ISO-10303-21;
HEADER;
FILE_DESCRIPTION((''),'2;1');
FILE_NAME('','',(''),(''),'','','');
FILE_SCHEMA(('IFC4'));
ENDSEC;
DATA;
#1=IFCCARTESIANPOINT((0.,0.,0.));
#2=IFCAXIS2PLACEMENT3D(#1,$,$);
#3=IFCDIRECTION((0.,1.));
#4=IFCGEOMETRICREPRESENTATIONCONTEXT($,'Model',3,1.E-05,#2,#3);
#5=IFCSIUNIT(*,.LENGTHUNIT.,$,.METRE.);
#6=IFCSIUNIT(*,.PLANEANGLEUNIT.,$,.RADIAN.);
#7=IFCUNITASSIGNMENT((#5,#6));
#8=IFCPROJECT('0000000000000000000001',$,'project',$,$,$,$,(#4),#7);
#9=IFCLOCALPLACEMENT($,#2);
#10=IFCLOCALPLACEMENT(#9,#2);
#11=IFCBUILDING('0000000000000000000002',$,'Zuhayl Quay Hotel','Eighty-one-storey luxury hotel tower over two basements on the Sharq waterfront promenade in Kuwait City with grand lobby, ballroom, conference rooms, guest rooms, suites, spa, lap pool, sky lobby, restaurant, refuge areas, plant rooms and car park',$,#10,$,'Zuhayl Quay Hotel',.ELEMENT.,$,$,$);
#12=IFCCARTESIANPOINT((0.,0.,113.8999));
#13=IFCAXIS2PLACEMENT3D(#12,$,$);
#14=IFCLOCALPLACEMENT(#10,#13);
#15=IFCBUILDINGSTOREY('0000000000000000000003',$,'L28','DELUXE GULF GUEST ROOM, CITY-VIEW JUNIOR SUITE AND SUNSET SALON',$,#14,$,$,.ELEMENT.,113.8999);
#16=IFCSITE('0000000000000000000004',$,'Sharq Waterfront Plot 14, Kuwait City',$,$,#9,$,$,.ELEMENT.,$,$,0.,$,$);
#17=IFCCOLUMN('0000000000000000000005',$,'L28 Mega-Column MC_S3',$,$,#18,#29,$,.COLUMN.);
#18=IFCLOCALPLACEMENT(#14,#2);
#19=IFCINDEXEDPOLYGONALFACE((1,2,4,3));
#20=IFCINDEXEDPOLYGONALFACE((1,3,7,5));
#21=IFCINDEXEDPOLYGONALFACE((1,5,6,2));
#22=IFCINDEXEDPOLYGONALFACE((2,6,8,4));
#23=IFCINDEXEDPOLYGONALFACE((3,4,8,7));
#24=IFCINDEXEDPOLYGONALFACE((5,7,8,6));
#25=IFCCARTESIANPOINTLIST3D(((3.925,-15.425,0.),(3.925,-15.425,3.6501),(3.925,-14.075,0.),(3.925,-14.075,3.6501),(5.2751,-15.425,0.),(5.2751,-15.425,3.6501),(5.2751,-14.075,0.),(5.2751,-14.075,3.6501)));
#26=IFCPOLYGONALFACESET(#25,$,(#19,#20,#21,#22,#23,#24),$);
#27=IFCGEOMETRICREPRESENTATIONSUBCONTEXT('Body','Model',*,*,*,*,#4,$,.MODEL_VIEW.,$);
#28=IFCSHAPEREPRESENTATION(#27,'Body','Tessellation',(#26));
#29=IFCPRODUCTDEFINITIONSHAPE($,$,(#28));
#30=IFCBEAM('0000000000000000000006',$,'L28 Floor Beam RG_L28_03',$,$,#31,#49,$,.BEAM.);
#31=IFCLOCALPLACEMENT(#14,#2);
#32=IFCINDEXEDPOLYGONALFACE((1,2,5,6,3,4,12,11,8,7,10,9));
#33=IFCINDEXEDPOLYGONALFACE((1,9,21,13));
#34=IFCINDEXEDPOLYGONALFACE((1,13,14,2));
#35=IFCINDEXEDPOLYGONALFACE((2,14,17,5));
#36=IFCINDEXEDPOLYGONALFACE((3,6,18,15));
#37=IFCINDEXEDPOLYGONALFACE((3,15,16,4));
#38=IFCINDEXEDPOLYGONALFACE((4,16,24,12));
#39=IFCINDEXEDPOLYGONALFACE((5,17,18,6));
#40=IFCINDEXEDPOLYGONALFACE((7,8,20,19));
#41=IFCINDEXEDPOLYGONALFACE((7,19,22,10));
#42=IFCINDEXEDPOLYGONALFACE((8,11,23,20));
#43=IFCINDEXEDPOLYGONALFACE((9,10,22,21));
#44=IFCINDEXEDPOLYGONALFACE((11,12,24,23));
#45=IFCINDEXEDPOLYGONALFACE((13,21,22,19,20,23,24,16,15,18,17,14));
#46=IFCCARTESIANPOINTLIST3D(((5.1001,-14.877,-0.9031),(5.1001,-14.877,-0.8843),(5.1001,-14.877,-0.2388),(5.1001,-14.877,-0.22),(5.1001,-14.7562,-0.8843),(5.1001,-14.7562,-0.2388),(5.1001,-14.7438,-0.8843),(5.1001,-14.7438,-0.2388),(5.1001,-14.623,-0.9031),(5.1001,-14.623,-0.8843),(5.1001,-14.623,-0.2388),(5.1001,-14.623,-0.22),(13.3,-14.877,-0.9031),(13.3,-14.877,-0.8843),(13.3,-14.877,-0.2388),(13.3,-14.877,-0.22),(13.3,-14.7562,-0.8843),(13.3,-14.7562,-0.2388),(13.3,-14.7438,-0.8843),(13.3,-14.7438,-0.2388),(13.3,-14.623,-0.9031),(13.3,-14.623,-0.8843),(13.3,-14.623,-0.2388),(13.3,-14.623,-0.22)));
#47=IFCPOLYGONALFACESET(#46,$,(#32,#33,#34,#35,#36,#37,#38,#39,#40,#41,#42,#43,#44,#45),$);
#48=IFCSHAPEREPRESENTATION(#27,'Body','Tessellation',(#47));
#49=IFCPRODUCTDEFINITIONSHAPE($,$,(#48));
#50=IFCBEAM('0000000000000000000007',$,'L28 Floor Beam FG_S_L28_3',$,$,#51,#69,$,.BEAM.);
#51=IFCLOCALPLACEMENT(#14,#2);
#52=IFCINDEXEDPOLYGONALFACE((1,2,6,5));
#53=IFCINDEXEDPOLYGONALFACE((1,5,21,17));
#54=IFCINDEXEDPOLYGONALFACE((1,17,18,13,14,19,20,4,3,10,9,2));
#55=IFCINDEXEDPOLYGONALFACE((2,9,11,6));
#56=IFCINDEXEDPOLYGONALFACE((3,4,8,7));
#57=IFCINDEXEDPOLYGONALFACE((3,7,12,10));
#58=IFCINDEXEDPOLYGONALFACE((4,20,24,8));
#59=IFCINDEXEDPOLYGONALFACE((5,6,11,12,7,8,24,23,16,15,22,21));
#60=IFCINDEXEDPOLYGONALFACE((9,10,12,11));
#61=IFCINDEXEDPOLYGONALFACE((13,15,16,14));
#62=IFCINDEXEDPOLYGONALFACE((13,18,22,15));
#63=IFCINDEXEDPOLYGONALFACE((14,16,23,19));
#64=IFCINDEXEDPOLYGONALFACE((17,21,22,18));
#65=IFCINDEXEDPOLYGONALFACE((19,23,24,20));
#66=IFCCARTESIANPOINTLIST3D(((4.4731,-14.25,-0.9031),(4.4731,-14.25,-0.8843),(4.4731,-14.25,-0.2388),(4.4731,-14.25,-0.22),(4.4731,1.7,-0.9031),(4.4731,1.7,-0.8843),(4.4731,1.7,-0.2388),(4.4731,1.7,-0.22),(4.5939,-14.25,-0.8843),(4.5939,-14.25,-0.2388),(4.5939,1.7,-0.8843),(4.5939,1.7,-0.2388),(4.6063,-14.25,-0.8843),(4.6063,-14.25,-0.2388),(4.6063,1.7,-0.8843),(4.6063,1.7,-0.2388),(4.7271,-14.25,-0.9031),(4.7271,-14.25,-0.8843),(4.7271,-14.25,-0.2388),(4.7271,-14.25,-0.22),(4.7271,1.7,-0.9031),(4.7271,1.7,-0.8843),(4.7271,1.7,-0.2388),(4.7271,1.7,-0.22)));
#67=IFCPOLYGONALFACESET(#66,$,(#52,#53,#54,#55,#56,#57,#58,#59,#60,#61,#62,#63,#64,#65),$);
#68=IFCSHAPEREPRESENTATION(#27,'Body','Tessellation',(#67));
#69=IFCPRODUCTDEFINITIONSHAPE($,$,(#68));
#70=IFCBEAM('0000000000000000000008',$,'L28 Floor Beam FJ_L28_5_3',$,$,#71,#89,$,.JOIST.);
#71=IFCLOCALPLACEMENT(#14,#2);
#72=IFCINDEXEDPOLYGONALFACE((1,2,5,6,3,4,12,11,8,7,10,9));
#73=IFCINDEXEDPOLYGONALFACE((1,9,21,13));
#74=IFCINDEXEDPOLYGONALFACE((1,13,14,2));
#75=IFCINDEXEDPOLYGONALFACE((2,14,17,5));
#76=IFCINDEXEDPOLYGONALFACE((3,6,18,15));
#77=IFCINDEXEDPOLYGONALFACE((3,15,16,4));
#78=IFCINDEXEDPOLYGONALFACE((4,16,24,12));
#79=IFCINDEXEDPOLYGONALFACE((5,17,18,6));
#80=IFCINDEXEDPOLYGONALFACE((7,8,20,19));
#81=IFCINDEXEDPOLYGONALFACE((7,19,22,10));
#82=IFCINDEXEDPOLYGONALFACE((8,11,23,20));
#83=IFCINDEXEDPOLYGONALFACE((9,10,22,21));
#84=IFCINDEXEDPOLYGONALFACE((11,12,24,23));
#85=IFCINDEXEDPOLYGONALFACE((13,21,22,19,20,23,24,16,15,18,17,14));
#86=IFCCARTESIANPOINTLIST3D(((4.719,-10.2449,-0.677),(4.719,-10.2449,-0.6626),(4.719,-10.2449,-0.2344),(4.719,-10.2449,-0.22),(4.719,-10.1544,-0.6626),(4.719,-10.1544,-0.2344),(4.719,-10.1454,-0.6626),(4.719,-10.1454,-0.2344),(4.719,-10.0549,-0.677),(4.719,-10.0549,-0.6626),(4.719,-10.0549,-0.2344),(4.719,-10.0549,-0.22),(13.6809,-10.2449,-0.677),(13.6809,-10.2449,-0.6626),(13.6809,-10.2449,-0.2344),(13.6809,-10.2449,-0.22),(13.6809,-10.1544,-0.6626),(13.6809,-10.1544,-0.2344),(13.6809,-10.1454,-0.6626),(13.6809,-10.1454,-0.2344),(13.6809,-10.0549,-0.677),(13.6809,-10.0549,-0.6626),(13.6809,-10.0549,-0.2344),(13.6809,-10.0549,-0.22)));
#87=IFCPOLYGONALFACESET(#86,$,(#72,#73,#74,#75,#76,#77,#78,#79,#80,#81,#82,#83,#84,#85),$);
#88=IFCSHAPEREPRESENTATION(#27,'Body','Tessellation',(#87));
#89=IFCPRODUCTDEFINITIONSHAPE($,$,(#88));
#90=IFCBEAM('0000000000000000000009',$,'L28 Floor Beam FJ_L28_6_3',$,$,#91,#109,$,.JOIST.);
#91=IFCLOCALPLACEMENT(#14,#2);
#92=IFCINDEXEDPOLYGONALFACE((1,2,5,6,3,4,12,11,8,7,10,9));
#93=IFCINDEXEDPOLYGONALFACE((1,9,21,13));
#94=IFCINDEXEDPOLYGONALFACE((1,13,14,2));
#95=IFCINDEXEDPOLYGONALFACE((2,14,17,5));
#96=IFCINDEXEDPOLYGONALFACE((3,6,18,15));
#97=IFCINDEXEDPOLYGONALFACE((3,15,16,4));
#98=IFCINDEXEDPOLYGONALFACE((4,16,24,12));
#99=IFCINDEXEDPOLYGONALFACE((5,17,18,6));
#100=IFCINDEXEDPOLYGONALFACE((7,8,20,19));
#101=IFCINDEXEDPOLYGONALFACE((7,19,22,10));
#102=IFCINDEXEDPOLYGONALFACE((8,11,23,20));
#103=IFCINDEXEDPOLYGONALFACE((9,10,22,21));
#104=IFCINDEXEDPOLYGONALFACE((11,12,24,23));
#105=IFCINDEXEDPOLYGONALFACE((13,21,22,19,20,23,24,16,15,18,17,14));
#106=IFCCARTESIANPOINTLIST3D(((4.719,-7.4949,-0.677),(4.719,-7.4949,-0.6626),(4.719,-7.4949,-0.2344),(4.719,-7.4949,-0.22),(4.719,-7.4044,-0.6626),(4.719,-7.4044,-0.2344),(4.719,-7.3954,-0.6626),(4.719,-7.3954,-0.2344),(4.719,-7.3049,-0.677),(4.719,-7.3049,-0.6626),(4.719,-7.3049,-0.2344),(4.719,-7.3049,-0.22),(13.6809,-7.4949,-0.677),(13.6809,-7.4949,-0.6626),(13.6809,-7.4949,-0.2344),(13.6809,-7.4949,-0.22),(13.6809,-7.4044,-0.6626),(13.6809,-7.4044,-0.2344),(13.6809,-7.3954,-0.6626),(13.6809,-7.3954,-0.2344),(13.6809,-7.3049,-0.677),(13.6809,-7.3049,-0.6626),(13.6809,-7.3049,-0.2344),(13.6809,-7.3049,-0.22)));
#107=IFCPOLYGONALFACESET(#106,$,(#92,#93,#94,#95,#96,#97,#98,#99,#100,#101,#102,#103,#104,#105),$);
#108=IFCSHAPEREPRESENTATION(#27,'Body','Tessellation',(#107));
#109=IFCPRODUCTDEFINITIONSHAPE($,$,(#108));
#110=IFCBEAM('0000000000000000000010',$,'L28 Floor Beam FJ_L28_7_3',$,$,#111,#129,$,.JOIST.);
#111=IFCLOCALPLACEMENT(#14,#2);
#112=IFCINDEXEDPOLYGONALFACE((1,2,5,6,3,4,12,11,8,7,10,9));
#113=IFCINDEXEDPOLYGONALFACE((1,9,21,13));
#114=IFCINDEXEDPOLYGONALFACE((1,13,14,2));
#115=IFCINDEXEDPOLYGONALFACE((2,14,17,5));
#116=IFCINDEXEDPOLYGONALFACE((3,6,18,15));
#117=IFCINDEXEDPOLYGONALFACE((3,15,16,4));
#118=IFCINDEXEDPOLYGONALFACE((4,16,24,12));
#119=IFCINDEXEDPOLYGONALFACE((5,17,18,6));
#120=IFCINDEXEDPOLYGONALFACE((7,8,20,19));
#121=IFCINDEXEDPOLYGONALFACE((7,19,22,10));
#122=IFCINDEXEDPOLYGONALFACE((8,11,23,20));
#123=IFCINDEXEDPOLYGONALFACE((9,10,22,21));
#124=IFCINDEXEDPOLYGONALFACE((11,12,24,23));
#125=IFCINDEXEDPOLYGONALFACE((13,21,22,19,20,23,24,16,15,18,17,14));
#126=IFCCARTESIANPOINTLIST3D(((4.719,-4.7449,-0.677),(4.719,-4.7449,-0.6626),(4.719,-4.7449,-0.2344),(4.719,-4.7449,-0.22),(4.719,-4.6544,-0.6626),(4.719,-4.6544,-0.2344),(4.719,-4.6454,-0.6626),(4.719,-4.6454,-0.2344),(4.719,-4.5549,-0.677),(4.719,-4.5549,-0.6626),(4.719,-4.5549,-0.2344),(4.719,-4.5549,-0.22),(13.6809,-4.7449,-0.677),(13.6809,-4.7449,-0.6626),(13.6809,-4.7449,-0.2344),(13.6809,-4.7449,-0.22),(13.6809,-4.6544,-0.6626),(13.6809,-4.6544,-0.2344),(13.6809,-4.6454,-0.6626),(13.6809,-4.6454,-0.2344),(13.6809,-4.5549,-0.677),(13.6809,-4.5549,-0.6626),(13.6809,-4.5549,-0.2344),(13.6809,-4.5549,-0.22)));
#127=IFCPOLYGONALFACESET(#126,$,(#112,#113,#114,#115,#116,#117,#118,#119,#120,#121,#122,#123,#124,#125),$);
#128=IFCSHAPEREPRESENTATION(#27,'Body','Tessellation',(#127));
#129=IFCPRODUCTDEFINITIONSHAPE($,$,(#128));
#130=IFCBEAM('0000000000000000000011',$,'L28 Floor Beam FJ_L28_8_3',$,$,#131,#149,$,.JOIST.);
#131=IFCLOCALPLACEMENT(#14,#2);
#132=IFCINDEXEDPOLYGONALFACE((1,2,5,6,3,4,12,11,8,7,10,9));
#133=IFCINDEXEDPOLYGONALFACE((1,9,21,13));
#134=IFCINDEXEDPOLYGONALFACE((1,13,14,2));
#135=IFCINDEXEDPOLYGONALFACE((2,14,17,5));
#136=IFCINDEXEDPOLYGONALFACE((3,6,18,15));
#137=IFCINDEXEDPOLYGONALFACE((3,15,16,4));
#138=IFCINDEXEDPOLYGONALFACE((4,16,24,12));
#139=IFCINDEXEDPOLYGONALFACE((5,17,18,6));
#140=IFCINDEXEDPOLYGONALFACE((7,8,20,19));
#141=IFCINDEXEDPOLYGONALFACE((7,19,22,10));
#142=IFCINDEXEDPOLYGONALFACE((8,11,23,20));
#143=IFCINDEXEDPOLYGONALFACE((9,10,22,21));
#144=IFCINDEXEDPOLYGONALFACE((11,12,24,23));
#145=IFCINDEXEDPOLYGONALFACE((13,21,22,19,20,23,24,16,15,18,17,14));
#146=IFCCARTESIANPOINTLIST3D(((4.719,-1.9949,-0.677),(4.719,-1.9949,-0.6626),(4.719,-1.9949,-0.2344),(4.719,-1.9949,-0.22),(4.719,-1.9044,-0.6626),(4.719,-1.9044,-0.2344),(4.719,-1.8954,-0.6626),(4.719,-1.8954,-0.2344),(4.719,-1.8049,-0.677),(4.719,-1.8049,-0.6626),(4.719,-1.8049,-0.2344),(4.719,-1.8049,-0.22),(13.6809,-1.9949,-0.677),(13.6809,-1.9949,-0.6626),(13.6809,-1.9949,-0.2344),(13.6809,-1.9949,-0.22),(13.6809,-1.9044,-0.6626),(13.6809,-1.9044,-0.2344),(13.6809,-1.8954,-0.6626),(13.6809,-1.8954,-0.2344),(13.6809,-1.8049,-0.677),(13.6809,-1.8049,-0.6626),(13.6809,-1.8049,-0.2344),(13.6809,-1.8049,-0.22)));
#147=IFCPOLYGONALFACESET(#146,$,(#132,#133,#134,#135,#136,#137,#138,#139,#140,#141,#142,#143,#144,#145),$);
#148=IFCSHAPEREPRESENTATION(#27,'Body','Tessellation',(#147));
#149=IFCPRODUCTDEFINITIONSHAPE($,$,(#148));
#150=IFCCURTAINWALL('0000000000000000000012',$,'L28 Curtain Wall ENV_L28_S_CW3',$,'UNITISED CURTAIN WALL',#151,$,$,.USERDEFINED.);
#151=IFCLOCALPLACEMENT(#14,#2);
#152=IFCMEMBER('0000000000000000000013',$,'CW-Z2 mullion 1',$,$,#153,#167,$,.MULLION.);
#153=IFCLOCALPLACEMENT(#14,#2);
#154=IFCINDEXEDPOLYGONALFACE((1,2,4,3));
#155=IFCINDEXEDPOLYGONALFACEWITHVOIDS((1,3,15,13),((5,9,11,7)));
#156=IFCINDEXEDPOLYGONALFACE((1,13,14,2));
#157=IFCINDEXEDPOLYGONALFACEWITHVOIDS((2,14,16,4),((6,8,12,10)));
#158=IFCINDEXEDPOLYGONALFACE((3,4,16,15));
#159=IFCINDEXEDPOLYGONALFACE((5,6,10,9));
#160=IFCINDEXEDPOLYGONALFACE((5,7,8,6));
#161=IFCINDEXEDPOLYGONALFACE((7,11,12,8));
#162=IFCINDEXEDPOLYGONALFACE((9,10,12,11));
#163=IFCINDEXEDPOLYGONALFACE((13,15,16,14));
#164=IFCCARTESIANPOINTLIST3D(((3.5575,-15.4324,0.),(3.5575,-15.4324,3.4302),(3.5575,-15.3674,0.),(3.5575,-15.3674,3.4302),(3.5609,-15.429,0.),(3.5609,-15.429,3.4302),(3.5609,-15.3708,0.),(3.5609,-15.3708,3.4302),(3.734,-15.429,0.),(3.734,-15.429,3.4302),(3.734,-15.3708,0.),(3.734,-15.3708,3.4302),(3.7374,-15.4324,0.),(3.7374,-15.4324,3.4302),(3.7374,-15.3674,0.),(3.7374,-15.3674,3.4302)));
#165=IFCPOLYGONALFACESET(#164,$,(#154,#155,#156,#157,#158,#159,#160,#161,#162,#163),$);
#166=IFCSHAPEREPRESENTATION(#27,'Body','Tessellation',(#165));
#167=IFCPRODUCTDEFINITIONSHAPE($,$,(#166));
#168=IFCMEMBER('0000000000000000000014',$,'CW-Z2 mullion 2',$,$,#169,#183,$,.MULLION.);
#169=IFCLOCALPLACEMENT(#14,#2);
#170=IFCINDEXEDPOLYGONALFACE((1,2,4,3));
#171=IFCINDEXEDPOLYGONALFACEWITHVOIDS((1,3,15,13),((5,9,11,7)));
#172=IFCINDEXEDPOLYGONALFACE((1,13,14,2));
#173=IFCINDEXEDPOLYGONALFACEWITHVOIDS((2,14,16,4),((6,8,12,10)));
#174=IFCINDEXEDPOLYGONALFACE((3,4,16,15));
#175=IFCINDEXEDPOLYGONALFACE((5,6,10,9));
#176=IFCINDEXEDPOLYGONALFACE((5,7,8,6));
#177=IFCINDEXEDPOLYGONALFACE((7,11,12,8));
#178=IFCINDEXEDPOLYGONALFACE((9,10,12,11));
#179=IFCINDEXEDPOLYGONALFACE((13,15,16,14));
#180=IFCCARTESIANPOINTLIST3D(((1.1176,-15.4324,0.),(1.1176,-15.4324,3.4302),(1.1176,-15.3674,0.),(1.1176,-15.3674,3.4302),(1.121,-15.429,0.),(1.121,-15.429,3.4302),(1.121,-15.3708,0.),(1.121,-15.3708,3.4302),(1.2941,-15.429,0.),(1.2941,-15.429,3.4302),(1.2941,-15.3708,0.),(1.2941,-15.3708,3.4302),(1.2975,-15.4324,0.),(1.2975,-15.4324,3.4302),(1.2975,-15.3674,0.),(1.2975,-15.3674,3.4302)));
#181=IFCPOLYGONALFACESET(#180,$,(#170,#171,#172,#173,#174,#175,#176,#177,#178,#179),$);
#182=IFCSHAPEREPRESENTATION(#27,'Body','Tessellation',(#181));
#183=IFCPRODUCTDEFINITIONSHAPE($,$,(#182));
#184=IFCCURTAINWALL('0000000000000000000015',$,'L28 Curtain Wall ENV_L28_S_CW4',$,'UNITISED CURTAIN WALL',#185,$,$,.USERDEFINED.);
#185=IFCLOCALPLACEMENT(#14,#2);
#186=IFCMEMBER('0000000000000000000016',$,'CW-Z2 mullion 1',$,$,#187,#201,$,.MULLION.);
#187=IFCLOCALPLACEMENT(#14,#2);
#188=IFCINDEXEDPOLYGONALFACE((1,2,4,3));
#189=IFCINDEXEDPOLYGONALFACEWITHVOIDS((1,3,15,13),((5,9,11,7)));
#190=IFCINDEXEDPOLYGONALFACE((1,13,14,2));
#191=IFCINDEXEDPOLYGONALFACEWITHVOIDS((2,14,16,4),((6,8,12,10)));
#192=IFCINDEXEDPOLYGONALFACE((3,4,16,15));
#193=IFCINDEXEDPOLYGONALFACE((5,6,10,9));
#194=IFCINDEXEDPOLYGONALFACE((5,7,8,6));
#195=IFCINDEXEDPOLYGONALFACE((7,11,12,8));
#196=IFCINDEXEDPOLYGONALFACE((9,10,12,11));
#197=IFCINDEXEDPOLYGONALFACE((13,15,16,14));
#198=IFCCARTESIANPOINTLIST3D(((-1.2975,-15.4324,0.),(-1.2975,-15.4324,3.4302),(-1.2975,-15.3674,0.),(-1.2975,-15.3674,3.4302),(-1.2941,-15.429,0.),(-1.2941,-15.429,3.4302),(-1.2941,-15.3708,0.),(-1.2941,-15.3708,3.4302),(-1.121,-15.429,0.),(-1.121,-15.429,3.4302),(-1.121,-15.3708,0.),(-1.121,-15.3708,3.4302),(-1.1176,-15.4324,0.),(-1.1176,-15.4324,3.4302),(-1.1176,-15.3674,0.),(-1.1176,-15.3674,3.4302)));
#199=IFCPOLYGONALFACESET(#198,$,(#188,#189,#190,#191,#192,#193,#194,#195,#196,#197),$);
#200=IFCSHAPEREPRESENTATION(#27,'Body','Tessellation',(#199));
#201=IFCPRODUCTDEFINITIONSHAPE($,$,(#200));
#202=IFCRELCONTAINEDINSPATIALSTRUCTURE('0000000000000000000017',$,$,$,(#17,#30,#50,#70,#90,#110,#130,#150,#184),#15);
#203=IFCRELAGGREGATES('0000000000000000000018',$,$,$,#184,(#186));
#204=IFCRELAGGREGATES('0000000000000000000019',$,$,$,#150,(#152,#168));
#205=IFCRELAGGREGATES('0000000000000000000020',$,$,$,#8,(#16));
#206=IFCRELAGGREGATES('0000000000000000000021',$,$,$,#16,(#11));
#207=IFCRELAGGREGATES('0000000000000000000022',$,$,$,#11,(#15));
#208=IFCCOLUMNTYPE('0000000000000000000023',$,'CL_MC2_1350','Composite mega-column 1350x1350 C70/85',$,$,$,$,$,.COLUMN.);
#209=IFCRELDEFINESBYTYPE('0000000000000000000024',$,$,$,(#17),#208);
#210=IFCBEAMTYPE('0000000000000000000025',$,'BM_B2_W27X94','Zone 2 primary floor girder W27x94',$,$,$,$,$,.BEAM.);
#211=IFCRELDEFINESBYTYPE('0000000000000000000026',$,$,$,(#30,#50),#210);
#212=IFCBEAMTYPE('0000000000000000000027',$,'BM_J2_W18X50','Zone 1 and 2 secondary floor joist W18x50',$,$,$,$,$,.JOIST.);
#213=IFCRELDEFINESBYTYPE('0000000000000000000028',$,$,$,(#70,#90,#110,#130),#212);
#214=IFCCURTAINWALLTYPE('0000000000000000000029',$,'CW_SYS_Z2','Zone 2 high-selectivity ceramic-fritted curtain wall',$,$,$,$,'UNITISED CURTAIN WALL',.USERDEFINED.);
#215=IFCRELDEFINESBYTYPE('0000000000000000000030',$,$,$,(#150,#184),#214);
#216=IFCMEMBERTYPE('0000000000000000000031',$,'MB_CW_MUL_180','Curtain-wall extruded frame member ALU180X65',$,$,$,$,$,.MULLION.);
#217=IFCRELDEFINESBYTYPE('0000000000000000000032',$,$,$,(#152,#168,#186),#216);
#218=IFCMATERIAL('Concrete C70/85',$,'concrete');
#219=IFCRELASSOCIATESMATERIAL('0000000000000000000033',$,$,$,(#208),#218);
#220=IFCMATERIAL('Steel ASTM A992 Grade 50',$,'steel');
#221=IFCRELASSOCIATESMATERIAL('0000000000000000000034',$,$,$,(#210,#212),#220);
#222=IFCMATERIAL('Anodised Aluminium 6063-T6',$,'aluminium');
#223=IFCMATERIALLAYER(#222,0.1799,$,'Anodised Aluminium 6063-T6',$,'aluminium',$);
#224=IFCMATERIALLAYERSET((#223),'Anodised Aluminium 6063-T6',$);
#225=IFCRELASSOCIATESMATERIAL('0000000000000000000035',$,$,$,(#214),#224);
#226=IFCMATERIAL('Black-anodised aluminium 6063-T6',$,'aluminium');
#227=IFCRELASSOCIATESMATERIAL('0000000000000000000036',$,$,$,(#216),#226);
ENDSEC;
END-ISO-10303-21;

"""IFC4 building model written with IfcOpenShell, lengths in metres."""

from ifc_helpers import new_model, si_unit, direction, frame, origin, origin_2d, place, context, subcontext, project, spatial, rectangle, hollow_rectangle, i_section, extrude, material, layer, layer_set, material_profile, profile_set, type_object, element, aggregate, save


model = new_model("IFC4")

# Units and contexts
model_context = context("Model", 3, precision=1e-05, world=origin(), true_north=direction((0.0, 1.0)))
body_context = subcontext(model_context, "Body", "Model", "MODEL_VIEW")
ifc_project = project(units=[si_unit("LENGTHUNIT", "METRE"), si_unit("PLANEANGLEUNIT", "RADIAN")], contexts=[model_context])

# Site, building, storey
site_placement = place(None, origin())
site = spatial("IfcSite", under=ifc_project, at=site_placement, Name="Sharq Waterfront Plot 14, Kuwait City", CompositionType="ELEMENT", RefElevation=0.0)
building_placement = place(site_placement, origin())
building = spatial("IfcBuilding", under=site, at=building_placement, Name="Zuhayl Quay Hotel", Description="Eighty-one-storey luxury hotel tower over two basements on the Sharq waterfront promenade in Kuwait City with grand lobby, ballroom, conference rooms, guest rooms, suites, spa, lap pool, sky lobby, restaurant, refuge areas, plant rooms and car park", LongName="Zuhayl Quay Hotel", CompositionType="ELEMENT")
storey_placement = place(building_placement, frame((0.0, 0.0, 113.8999)))
storey = spatial("IfcBuildingStorey", under=building, at=storey_placement, Name="L28", Description="DELUXE GULF GUEST ROOM, CITY-VIEW JUNIOR SUITE AND SUNSET SALON", CompositionType="ELEMENT", Elevation=113.8999)

# Column
ifc_material_1 = material(Name="Concrete C70/85", Category="concrete")
ifc_material_profile_1 = material_profile(ifc_material_1, rectangle(XDim=1.3501, YDim=1.3501, at=origin_2d()), Name="RC1350X1350")
ifc_profile_set_1 = profile_set([ifc_material_profile_1], Name="Concrete C70/85")
column_type = type_object("IfcColumnType", Name="CL_MC2_1350", Description="Composite mega-column 1350x1350 C70/85", PredefinedType="COLUMN", material=ifc_profile_set_1)
column_placement = place(storey_placement, frame((4.6001, -14.75, 0.0), z_axis=(0.0, 0.0, 1.0), x_axis=(1.0, 0.0, 0.0)))
element("IfcColumn", 1, at=column_placement, inside=storey, type_object=column_type, Name="L28 Mega-Column MC_S3", PredefinedType="COLUMN", context=body_context, shape_type="SweptSolid", body=[
    extrude(rectangle(XDim=1.3501, YDim=1.3501, at=origin_2d()), origin(), (0.0, 0.0, 1.0), 3.6501),
])

# Beams
ifc_material_2 = material(Name="Steel ASTM A992 Grade 50", Category="steel")
ifc_material_profile_2 = material_profile(ifc_material_2, i_section(OverallWidth=0.2539, OverallDepth=0.6831, WebThickness=0.0125, FlangeThickness=0.0188, at=origin_2d()), Name="W27X94")
ifc_profile_set_2 = profile_set([ifc_material_profile_2], Name="Steel ASTM A992 Grade 50")
beam_type_1 = type_object("IfcBeamType", Name="BM_B2_W27X94", Description="Zone 2 primary floor girder W27x94", PredefinedType="BEAM", material=ifc_profile_set_2)
beam_1_placement = place(storey_placement, frame((5.1001, -14.75, -0.5615), z_axis=(1.0, 0.0, 0.0), x_axis=(0.0, 1.0, 0.0)))
element("IfcBeam", 2, at=beam_1_placement, inside=storey, type_object=beam_type_1, Name="L28 Floor Beam RG_L28_03", PredefinedType="BEAM", context=body_context, shape_type="SweptSolid", body=[
    extrude(i_section(OverallWidth=0.2539, OverallDepth=0.6831, WebThickness=0.0125, FlangeThickness=0.0188, at=origin_2d()), origin(), (0.0, 0.0, 1.0), 8.2),
])
beam_2_placement = place(storey_placement, frame((4.6001, -14.25, -0.5615), z_axis=(0.0, 1.0, 0.0), x_axis=(-1.0, 0.0, 0.0)))
element("IfcBeam", 3, at=beam_2_placement, inside=storey, type_object=beam_type_1, Name="L28 Floor Beam FG_S_L28_3", PredefinedType="BEAM", context=body_context, shape_type="SweptSolid", body=[
    extrude(i_section(OverallWidth=0.2539, OverallDepth=0.6831, WebThickness=0.0125, FlangeThickness=0.0188, at=origin_2d()), origin(), (0.0, 0.0, 1.0), 15.95),
])
ifc_material_profile_3 = material_profile(ifc_material_2, i_section(OverallWidth=0.1899, OverallDepth=0.457, WebThickness=0.009, FlangeThickness=0.0144, at=origin_2d()), Name="W18X50")
ifc_profile_set_3 = profile_set([ifc_material_profile_3], Name="Steel ASTM A992 Grade 50")
beam_type_2 = type_object("IfcBeamType", Name="BM_J2_W18X50", Description="Zone 1 and 2 secondary floor joist W18x50", PredefinedType="JOIST", material=ifc_profile_set_3)
for number, where, z_axis, x_axis, name in (
    (4, (4.719, -10.1499, -0.4485), (1.0, 0.0, 0.0), (0.0, 1.0, 0.0), "L28 Floor Beam FJ_L28_5_3"),
    (5, (4.719, -7.3999, -0.4485), (1.0, 0.0, 0.0), (0.0, 1.0, 0.0), "L28 Floor Beam FJ_L28_6_3"),
    (6, (4.719, -4.6499, -0.4485), (1.0, 0.0, 0.0), (0.0, 1.0, 0.0), "L28 Floor Beam FJ_L28_7_3"),
    (7, (4.719, -1.8999, -0.4485), (1.0, 0.0, 0.0), (0.0, 1.0, 0.0), "L28 Floor Beam FJ_L28_8_3"),
):
    element("IfcBeam", number, at=place(storey_placement, frame(where, z_axis=z_axis, x_axis=x_axis)), inside=storey, type_object=beam_type_2, Name=name, PredefinedType="JOIST", context=body_context, shape_type="SweptSolid", body=[
        extrude(i_section(OverallWidth=0.1899, OverallDepth=0.457, WebThickness=0.009, FlangeThickness=0.0144, at=origin_2d()), origin(), (0.0, 0.0, 1.0), 8.9619),
    ])

# Curtain wall, members
ifc_material_3 = material(Name="Anodised Aluminium 6063-T6", Category="aluminium")
ifc_layer_1 = layer(ifc_material_3, 0.1799, Name="Anodised Aluminium 6063-T6", Category="aluminium")
ifc_layer_set_1 = layer_set([ifc_layer_1], Name="Anodised Aluminium 6063-T6")
curtain_wall_type = type_object("IfcCurtainWallType", Name="CW_SYS_Z2", Description="Zone 2 high-selectivity ceramic-fritted curtain wall", ElementType="UNITISED CURTAIN WALL", PredefinedType="USERDEFINED", material=ifc_layer_set_1)
curtain_wall_1_placement = place(storey_placement, origin())
curtain_wall_1 = element("IfcCurtainWall", 8, at=curtain_wall_1_placement, inside=storey, type_object=curtain_wall_type, Name="L28 Curtain Wall ENV_L28_S_CW3", ObjectType="UNITISED CURTAIN WALL", PredefinedType="USERDEFINED")
ifc_material_4 = material(Name="Black-anodised aluminium 6063-T6", Category="aluminium")
ifc_material_profile_4 = material_profile(ifc_material_4, hollow_rectangle(XDim=0.0649, YDim=0.1799, WallThickness=0.0034, at=origin_2d()), Name="ALU180X65")
ifc_profile_set_4 = profile_set([ifc_material_profile_4], Name="Black-anodised aluminium 6063-T6")
member_type_1 = type_object("IfcMemberType", Name="MB_CW_MUL_180", Description="Curtain-wall extruded frame member ALU180X65", PredefinedType="MULLION", material=ifc_profile_set_4)
member_1_placement = place(storey_placement, frame((3.6475, -15.3999, 0.0), z_axis=(0.0, 0.0, 1.0), x_axis=(0.0, -1.0, 0.0)))
member_1 = element("IfcMember", 9, at=member_1_placement, type_object=member_type_1, Name="CW-Z2 mullion 1", PredefinedType="MULLION", context=body_context, shape_type="SweptSolid", body=[
    extrude(hollow_rectangle(XDim=0.0649, YDim=0.1799, WallThickness=0.0034, at=origin_2d()), origin(), (0.0, 0.0, 1.0), 3.4302),
])
member_2_placement = place(storey_placement, frame((1.2075, -15.3999, 0.0), z_axis=(0.0, 0.0, 1.0), x_axis=(0.0, -1.0, 0.0)))
member_2 = element("IfcMember", 10, at=member_2_placement, type_object=member_type_1, Name="CW-Z2 mullion 2", PredefinedType="MULLION", context=body_context, shape_type="SweptSolid", body=[
    extrude(hollow_rectangle(XDim=0.0649, YDim=0.1799, WallThickness=0.0034, at=origin_2d()), origin(), (0.0, 0.0, 1.0), 3.4302),
])

# Curtain wall, member
curtain_wall_2_placement = place(storey_placement, origin())
curtain_wall_2 = element("IfcCurtainWall", 11, at=curtain_wall_2_placement, inside=storey, type_object=curtain_wall_type, Name="L28 Curtain Wall ENV_L28_S_CW4", ObjectType="UNITISED CURTAIN WALL", PredefinedType="USERDEFINED")
member_3_placement = place(storey_placement, frame((-1.2075, -15.3999, 0.0), z_axis=(0.0, 0.0, 1.0), x_axis=(0.0, -1.0, 0.0)))
member_3 = element("IfcMember", 12, at=member_3_placement, type_object=member_type_1, Name="CW-Z2 mullion 1", PredefinedType="MULLION", context=body_context, shape_type="SweptSolid", body=[
    extrude(hollow_rectangle(XDim=0.0649, YDim=0.1799, WallThickness=0.0034, at=origin_2d()), origin(), (0.0, 0.0, 1.0), 3.4302),
])

aggregate(curtain_wall_2, [member_3])

aggregate(curtain_wall_1, [member_1, member_2])

save(model, "model.ifc")
